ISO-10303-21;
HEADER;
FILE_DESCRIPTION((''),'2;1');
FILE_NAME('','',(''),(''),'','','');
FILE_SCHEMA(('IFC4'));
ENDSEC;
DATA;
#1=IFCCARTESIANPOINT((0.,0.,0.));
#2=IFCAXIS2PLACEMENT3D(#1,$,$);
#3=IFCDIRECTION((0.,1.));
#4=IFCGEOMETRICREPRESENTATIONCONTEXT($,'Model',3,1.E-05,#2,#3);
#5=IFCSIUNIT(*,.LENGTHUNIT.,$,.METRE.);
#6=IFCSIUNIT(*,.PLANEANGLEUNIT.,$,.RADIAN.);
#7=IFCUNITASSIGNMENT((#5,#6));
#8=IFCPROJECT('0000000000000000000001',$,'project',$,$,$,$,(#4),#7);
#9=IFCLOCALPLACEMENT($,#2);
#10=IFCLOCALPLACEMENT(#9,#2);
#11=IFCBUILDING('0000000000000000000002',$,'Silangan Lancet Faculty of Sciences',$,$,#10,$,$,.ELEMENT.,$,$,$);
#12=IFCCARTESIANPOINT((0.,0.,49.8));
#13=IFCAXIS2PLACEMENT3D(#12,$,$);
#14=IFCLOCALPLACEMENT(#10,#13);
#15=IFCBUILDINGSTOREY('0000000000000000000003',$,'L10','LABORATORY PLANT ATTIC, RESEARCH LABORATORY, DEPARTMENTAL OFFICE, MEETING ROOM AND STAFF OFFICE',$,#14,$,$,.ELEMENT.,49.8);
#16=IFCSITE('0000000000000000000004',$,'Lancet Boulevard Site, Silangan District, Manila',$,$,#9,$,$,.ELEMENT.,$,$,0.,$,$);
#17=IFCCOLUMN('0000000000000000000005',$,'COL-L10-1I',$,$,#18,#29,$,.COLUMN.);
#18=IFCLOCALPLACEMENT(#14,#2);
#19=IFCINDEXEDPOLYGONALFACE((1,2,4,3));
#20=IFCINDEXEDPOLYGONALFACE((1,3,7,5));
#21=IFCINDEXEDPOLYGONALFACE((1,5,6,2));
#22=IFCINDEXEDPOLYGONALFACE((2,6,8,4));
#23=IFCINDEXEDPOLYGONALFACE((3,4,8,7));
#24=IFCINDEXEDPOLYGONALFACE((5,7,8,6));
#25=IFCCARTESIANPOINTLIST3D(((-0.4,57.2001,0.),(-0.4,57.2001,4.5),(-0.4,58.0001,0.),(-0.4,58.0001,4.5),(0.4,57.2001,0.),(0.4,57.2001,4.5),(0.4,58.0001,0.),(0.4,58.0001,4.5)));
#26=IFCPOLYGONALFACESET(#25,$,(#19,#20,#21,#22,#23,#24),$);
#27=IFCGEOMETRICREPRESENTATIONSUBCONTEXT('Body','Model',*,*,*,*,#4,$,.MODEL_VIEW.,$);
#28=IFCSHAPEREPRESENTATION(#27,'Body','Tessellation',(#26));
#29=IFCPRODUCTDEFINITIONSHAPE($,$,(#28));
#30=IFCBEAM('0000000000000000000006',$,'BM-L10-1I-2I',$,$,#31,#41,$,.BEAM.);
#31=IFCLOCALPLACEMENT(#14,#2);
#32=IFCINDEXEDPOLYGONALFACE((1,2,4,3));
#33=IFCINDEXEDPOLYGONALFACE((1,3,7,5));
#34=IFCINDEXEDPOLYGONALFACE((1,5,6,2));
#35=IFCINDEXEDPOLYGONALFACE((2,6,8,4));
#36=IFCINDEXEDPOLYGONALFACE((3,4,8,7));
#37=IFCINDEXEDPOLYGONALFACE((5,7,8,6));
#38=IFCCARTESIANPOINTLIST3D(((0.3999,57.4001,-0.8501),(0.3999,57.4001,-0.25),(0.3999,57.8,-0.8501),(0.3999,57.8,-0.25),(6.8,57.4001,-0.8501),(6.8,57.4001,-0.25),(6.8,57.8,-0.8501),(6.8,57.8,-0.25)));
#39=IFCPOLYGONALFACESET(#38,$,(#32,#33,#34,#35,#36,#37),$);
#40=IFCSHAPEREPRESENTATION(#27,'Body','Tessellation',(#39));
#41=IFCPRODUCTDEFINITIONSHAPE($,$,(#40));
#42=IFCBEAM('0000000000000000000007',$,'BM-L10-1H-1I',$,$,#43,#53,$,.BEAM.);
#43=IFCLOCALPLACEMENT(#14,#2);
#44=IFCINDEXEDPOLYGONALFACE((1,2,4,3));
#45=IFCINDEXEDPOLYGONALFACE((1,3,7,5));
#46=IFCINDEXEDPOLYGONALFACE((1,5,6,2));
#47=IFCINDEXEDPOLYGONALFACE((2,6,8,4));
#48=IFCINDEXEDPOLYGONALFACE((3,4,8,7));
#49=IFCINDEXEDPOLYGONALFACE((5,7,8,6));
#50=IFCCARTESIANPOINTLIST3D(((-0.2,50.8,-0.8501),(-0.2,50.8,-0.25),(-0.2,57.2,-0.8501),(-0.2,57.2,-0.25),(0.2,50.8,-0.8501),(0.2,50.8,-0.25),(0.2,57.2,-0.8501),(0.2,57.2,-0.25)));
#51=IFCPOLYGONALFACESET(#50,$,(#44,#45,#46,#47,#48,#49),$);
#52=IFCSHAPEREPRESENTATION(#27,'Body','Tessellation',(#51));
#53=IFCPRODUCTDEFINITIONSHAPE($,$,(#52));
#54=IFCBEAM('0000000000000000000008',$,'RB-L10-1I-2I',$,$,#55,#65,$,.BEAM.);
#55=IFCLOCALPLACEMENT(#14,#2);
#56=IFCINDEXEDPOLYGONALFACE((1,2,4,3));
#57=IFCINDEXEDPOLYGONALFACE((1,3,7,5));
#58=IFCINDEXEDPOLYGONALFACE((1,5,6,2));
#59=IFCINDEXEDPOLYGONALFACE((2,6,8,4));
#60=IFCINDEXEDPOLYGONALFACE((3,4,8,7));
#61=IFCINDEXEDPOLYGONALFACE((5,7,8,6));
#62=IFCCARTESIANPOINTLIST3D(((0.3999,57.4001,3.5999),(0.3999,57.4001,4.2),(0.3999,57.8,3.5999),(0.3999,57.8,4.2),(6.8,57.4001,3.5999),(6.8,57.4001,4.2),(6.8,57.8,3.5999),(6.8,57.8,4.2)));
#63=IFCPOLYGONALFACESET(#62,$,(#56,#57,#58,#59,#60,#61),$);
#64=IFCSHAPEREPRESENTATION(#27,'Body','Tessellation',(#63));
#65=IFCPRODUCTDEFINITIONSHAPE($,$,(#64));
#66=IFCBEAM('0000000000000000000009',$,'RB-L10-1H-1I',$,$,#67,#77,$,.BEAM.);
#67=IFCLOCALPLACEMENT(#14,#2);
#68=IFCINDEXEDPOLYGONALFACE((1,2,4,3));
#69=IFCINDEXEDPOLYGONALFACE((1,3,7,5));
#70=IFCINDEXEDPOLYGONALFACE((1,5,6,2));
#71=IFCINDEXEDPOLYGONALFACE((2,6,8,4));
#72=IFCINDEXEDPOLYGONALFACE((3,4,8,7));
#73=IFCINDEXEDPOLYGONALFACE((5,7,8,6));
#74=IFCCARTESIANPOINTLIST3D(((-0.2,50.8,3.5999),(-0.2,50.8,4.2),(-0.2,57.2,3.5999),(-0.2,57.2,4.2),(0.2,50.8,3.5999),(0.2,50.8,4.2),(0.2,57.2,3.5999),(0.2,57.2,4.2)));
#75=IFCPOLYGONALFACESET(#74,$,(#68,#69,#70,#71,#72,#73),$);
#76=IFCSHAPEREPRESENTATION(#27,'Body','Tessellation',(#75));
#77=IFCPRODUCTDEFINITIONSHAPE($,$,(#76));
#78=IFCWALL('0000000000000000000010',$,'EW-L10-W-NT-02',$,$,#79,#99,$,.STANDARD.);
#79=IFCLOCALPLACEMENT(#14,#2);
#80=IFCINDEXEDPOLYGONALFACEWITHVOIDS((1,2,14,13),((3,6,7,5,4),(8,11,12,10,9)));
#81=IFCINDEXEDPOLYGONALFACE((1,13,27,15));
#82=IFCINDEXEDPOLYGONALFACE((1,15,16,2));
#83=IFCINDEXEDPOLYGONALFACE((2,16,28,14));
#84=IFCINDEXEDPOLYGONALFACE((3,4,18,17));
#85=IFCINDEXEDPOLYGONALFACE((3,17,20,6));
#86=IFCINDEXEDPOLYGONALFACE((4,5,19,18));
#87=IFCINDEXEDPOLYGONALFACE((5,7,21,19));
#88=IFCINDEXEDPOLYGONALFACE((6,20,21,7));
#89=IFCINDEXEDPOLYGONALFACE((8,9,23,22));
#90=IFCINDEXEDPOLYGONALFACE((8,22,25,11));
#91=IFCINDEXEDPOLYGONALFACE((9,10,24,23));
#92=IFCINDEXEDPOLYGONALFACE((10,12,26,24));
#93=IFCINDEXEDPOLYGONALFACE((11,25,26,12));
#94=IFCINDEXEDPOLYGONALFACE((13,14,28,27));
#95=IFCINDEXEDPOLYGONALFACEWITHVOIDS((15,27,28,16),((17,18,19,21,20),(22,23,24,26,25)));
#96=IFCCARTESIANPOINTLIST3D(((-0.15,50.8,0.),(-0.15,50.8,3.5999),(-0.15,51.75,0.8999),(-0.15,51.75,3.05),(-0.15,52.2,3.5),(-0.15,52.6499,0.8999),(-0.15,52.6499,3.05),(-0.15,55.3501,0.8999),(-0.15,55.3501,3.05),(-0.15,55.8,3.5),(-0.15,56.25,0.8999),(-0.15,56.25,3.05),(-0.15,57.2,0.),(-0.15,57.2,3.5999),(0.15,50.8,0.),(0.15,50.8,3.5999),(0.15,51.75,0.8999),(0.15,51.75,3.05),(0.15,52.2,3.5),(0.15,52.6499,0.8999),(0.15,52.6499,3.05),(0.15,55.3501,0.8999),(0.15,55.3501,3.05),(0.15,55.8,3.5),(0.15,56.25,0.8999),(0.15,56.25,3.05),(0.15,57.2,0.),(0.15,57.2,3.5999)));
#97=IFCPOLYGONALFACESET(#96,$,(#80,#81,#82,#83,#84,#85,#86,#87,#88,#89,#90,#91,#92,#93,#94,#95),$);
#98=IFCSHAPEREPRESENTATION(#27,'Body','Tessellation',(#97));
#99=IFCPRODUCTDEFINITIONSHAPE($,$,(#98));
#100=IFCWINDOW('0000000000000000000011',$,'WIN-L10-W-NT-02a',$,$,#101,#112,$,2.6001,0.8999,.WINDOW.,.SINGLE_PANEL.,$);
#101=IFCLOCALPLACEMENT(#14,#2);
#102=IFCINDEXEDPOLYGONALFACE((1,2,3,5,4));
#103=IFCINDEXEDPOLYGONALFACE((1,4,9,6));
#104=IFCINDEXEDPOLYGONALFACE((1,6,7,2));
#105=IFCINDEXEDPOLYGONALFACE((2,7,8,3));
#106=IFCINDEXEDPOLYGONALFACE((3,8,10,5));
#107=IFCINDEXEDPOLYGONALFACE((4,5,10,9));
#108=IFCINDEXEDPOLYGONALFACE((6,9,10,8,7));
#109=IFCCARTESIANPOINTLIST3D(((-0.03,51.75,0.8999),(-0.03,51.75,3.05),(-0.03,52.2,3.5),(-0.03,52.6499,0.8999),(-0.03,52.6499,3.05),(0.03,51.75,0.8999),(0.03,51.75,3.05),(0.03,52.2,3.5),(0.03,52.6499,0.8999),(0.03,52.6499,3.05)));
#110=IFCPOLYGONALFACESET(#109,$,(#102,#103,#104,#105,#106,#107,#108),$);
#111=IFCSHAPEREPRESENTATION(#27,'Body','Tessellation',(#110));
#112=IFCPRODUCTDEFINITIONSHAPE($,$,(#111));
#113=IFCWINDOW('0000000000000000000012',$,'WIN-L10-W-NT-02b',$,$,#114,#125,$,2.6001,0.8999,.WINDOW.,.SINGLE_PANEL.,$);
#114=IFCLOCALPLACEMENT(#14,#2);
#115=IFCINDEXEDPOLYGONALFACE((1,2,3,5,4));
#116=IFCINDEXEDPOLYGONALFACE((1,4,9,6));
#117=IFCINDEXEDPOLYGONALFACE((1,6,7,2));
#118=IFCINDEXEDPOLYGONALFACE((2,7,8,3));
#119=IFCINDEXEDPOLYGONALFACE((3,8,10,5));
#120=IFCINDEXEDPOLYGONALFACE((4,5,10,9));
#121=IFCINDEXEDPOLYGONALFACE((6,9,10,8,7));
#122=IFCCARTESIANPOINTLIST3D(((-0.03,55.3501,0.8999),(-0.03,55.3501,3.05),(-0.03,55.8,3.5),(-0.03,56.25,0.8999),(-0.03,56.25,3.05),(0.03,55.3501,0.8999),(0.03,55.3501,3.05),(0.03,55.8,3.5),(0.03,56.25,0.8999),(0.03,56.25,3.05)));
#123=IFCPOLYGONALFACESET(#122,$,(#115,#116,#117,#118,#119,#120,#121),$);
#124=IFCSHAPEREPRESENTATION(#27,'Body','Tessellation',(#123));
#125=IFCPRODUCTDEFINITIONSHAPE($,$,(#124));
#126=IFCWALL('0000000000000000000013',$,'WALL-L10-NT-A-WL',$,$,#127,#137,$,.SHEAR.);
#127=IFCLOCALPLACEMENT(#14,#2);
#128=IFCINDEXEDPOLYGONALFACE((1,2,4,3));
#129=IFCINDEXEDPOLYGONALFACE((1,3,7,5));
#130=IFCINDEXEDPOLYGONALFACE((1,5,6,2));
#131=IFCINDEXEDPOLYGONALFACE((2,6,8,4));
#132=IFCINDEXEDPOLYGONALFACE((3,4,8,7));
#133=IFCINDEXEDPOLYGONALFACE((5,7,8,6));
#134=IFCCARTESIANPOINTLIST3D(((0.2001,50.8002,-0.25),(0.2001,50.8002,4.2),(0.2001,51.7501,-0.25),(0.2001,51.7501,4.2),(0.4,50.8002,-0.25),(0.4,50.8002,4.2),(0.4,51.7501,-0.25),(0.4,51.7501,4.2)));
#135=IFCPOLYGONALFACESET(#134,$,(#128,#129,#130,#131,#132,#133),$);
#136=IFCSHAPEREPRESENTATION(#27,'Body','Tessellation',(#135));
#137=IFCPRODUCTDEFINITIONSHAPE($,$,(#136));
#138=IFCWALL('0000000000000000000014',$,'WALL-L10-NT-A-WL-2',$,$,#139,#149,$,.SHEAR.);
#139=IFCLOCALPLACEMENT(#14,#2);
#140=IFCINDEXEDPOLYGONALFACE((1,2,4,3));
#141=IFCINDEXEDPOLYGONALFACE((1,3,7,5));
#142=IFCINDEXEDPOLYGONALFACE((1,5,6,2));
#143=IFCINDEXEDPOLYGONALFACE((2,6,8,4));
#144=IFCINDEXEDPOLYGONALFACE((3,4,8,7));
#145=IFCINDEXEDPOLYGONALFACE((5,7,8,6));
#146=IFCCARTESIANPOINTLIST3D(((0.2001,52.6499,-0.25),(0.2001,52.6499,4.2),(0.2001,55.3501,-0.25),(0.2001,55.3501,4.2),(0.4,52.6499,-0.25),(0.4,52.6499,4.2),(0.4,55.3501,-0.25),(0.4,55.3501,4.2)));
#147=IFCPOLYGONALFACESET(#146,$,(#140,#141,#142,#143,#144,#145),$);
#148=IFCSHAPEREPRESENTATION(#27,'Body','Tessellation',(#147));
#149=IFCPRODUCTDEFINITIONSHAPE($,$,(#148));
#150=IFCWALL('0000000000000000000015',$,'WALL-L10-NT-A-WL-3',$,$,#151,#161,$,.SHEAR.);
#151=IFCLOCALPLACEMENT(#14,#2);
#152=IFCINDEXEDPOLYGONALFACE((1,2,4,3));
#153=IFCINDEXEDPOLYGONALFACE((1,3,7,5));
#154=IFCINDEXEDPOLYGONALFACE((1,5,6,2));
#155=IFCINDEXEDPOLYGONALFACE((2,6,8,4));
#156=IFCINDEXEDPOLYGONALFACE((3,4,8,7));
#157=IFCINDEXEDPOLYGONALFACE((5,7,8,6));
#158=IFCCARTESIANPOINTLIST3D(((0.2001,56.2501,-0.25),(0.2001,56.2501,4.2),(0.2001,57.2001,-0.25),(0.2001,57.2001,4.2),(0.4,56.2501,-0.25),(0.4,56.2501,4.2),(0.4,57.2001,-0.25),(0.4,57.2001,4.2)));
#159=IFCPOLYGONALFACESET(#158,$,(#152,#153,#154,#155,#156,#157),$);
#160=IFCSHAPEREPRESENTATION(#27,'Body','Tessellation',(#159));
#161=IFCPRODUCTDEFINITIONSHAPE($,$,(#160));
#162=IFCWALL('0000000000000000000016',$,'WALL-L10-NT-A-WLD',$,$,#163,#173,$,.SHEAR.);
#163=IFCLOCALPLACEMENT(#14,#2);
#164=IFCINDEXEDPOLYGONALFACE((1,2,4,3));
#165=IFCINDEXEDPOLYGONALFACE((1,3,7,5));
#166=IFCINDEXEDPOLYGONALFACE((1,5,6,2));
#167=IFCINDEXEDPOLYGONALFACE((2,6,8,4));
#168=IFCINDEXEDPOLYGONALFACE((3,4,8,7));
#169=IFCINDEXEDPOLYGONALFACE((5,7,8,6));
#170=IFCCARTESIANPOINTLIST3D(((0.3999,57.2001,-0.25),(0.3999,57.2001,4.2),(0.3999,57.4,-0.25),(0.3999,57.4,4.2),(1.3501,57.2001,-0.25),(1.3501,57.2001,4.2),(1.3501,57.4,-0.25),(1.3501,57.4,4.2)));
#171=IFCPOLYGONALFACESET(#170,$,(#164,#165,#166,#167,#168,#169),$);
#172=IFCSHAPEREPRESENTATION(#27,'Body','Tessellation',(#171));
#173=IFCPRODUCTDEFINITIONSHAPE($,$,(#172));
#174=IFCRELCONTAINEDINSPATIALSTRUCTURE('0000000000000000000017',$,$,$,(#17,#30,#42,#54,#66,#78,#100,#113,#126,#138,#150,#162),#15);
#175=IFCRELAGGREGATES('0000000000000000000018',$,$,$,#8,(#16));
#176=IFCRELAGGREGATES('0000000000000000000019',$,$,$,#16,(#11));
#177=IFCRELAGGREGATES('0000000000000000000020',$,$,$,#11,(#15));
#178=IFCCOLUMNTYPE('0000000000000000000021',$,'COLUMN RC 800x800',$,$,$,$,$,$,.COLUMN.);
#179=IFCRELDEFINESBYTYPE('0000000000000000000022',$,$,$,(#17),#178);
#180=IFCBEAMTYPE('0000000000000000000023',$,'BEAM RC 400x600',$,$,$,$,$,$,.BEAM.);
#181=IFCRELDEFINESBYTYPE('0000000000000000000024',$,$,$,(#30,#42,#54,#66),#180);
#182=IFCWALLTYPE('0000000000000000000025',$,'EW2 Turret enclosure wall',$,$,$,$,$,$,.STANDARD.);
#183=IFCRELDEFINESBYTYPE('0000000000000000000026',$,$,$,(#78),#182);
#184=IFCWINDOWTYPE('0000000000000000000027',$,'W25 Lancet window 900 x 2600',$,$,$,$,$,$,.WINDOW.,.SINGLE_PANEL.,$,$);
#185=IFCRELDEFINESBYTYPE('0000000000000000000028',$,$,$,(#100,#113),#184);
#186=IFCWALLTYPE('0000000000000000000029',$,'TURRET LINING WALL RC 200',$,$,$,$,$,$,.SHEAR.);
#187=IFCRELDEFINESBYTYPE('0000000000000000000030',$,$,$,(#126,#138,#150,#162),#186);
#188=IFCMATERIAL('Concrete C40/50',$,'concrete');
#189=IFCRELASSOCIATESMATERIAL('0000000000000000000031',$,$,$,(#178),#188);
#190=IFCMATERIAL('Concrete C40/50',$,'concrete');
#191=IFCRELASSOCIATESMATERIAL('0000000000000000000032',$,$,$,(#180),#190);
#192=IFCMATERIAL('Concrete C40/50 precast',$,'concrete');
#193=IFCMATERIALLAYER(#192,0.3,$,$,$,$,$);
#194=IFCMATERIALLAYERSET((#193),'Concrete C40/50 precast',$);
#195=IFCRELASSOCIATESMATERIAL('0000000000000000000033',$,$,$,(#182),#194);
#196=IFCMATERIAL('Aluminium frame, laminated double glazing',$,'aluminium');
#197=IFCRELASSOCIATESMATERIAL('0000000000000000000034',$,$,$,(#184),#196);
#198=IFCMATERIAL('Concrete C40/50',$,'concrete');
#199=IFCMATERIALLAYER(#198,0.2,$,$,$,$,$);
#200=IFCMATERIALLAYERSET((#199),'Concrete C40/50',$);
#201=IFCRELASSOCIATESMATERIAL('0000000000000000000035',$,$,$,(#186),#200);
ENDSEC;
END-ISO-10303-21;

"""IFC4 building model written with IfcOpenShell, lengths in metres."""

from ifc_helpers import new_model, si_unit, direction, frame, frame_2d, origin, origin_2d, place, context, subcontext, project, spatial, polyline, rectangle, outline, extrude, material, layer, layer_set, material_profile, profile_set, type_object, element, fill, save


model = new_model("IFC4")

# Units and contexts
model_context = context("Model", 3, precision=1e-05, world=origin(), true_north=direction((0.0, 1.0)))
body_context = subcontext(model_context, "Body", "Model", "MODEL_VIEW")
ifc_project = project(units=[si_unit("LENGTHUNIT", "METRE"), si_unit("PLANEANGLEUNIT", "RADIAN")], contexts=[model_context])

# Site, building, storey
site_placement = place(None, origin())
site = spatial("IfcSite", under=ifc_project, at=site_placement, Name="Lancet Boulevard Site, Silangan District, Manila", CompositionType="ELEMENT", RefElevation=0.0)
building_placement = place(site_placement, origin())
building = spatial("IfcBuilding", under=site, at=building_placement, Name="Silangan Lancet Faculty of Sciences", CompositionType="ELEMENT")
storey_placement = place(building_placement, frame((0.0, 0.0, 49.8)))
storey = spatial("IfcBuildingStorey", under=building, at=storey_placement, Name="L10", Description="LABORATORY PLANT ATTIC, RESEARCH LABORATORY, DEPARTMENTAL OFFICE, MEETING ROOM AND STAFF OFFICE", CompositionType="ELEMENT", Elevation=49.8)

# Column
ifc_material_1 = material(Name="Concrete C40/50", Category="concrete")
ifc_material_profile_1 = material_profile(ifc_material_1, rectangle(XDim=0.8, YDim=0.8, at=origin_2d()), Name="RC 800x800")
ifc_profile_set_1 = profile_set([ifc_material_profile_1], Name="Concrete C40/50")
column_type = type_object("IfcColumnType", Name="COLUMN RC 800x800", PredefinedType="COLUMN", material=ifc_profile_set_1)
column_placement = place(storey_placement, frame((0.0, 57.6001, 0.0), z_axis=(0.0, 0.0, 1.0), x_axis=(1.0, 0.0, 0.0)))
element("IfcColumn", 1, at=column_placement, inside=storey, type_object=column_type, Name="COL-L10-1I", PredefinedType="COLUMN", context=body_context, shape_type="SweptSolid", body=[
    extrude(rectangle(XDim=0.8, YDim=0.8, at=origin_2d()), origin(), (0.0, 0.0, 1.0), 4.5),
])

# Beams
ifc_material_2 = material(Name="Concrete C40/50", Category="concrete")
ifc_material_profile_2 = material_profile(ifc_material_2, rectangle(XDim=0.3999, YDim=0.6001, at=origin_2d()), Name="RC 400x600")
ifc_profile_set_2 = profile_set([ifc_material_profile_2], Name="Concrete C40/50")
beam_type = type_object("IfcBeamType", Name="BEAM RC 400x600", PredefinedType="BEAM", material=ifc_profile_set_2)
beam_1_placement = place(storey_placement, frame((0.3999, 57.6001, -0.55), z_axis=(1.0, 0.0, 0.0), x_axis=(0.0, 1.0, 0.0)))
element("IfcBeam", 2, at=beam_1_placement, inside=storey, type_object=beam_type, Name="BM-L10-1I-2I", PredefinedType="BEAM", context=body_context, shape_type="SweptSolid", body=[
    extrude(rectangle(XDim=0.3999, YDim=0.6001, at=origin_2d()), origin(), (0.0, 0.0, 1.0), 6.4001),
])
beam_2_placement = place(storey_placement, frame((0.0, 50.8, -0.55), z_axis=(0.0, 1.0, 0.0), x_axis=(-1.0, 0.0, 0.0)))
element("IfcBeam", 3, at=beam_2_placement, inside=storey, type_object=beam_type, Name="BM-L10-1H-1I", PredefinedType="BEAM", context=body_context, shape_type="SweptSolid", body=[
    extrude(rectangle(XDim=0.3999, YDim=0.6001, at=origin_2d()), origin(), (0.0, 0.0, 1.0), 6.3999),
])
beam_3_placement = place(storey_placement, frame((0.3999, 57.6001, 3.8999), z_axis=(1.0, 0.0, 0.0), x_axis=(0.0, 1.0, 0.0)))
element("IfcBeam", 4, at=beam_3_placement, inside=storey, type_object=beam_type, Name="RB-L10-1I-2I", PredefinedType="BEAM", context=body_context, shape_type="SweptSolid", body=[
    extrude(rectangle(XDim=0.3999, YDim=0.6001, at=origin_2d()), origin(), (0.0, 0.0, 1.0), 6.4001),
])
beam_4_placement = place(storey_placement, frame((0.0, 50.8, 3.8999), z_axis=(0.0, 1.0, 0.0), x_axis=(-1.0, 0.0, 0.0)))
element("IfcBeam", 5, at=beam_4_placement, inside=storey, type_object=beam_type, Name="RB-L10-1H-1I", PredefinedType="BEAM", context=body_context, shape_type="SweptSolid", body=[
    extrude(rectangle(XDim=0.3999, YDim=0.6001, at=origin_2d()), origin(), (0.0, 0.0, 1.0), 6.3999),
])

# Wall, openings, windows
ifc_material_3 = material(Name="Concrete C40/50 precast", Category="concrete")
ifc_layer_1 = layer(ifc_material_3, 0.3)
ifc_layer_set_1 = layer_set([ifc_layer_1], Name="Concrete C40/50 precast")
wall_type_1 = type_object("IfcWallType", Name="EW2 Turret enclosure wall", PredefinedType="STANDARD", material=ifc_layer_set_1)
wall_1_placement = place(storey_placement, frame((0.0, 50.8, 0.0), z_axis=(0.0, 0.0, 1.0), x_axis=(0.0, 1.0, 0.0)))
wall_1 = element("IfcWall", 6, at=wall_1_placement, inside=storey, type_object=wall_type_1, Name="EW-L10-W-NT-02", PredefinedType="STANDARD", context=body_context, shape_type="SweptSolid", body=[
    extrude(rectangle(XDim=6.3999, YDim=0.3, at=frame_2d((3.2, 0.0))), origin(), (0.0, 0.0, 1.0), 3.5999),
])
opening_1_placement = place(wall_1_placement, frame((0.95, 0.0, 0.8999)))
opening_1 = element("IfcOpeningElement", 7, at=opening_1_placement, cuts=wall_1, PredefinedType="OPENING", context=body_context, shape_type="SweptSolid", body=[
    extrude(outline(polyline([(0.0, 0.0), (0.8999, 0.0), (0.8999, 2.1501), (0.45, 2.6001), (0.0, 2.1501), (0.0, 0.0)])), frame((0.0, 0.1599, 0.0), z_axis=(0.0, -1.0, 0.0), x_axis=(1.0, 0.0, 0.0)), (0.0, 0.0, 1.0), 0.3201),
])
opening_2_placement = place(wall_1_placement, frame((4.55, 0.0, 0.8999)))
opening_2 = element("IfcOpeningElement", 8, at=opening_2_placement, cuts=wall_1, PredefinedType="OPENING", context=body_context, shape_type="SweptSolid", body=[
    extrude(outline(polyline([(0.0, 0.0), (0.8999, 0.0), (0.8999, 2.1501), (0.45, 2.6001), (0.0, 2.1501), (0.0, 0.0)])), frame((0.0, 0.1599, 0.0), z_axis=(0.0, -1.0, 0.0), x_axis=(1.0, 0.0, 0.0)), (0.0, 0.0, 1.0), 0.3201),
])
ifc_material_4 = material(Name="Aluminium frame, laminated double glazing", Category="aluminium")
window_type = type_object("IfcWindowType", Name="W25 Lancet window 900 x 2600", PartitioningType="SINGLE_PANEL", PredefinedType="WINDOW", material=ifc_material_4)
window_1_placement = place(opening_1_placement, origin())
window_1 = element("IfcWindow", 9, at=window_1_placement, inside=storey, type_object=window_type, Name="WIN-L10-W-NT-02a", OverallHeight=2.6001, OverallWidth=0.8999, PartitioningType="SINGLE_PANEL", PredefinedType="WINDOW", context=body_context, shape_type="SweptSolid", body=[
    extrude(outline(polyline([(0.0, 0.0), (0.8999, 0.0), (0.8999, 2.1501), (0.45, 2.6001), (0.0, 2.1501), (0.0, 0.0)])), frame((0.0, 0.03, 0.0), z_axis=(0.0, -1.0, 0.0), x_axis=(1.0, 0.0, 0.0)), (0.0, 0.0, 1.0), 0.0601),
])
fill(opening_1, window_1)
window_2_placement = place(opening_2_placement, origin())
window_2 = element("IfcWindow", 10, at=window_2_placement, inside=storey, type_object=window_type, Name="WIN-L10-W-NT-02b", OverallHeight=2.6001, OverallWidth=0.8999, PartitioningType="SINGLE_PANEL", PredefinedType="WINDOW", context=body_context, shape_type="SweptSolid", body=[
    extrude(outline(polyline([(0.0, 0.0), (0.8999, 0.0), (0.8999, 2.1501), (0.45, 2.6001), (0.0, 2.1501), (0.0, 0.0)])), frame((0.0, 0.03, 0.0), z_axis=(0.0, -1.0, 0.0), x_axis=(1.0, 0.0, 0.0)), (0.0, 0.0, 1.0), 0.0601),
])
fill(opening_2, window_2)

# Walls
ifc_material_5 = material(Name="Concrete C40/50", Category="concrete")
ifc_layer_2 = layer(ifc_material_5, 0.2)
ifc_layer_set_2 = layer_set([ifc_layer_2], Name="Concrete C40/50")
wall_type_2 = type_object("IfcWallType", Name="TURRET LINING WALL RC 200", PredefinedType="SHEAR", material=ifc_layer_set_2)
wall_2_placement = place(storey_placement, frame((0.3, 50.8, -0.25), z_axis=(0.0, 0.0, 1.0), x_axis=(0.0, 1.0, 0.0)))
element("IfcWall", 11, at=wall_2_placement, inside=storey, type_object=wall_type_2, Name="WALL-L10-NT-A-WL", PredefinedType="SHEAR", context=body_context, shape_type="SweptSolid", body=[
    extrude(rectangle(XDim=0.95, YDim=0.2, at=frame_2d((0.4751, 0.0))), origin(), (0.0, 0.0, 1.0), 4.45),
])
wall_3_placement = place(storey_placement, frame((0.3, 52.6499, -0.25), z_axis=(0.0, 0.0, 1.0), x_axis=(0.0, 1.0, 0.0)))
element("IfcWall", 12, at=wall_3_placement, inside=storey, type_object=wall_type_2, Name="WALL-L10-NT-A-WL-2", PredefinedType="SHEAR", context=body_context, shape_type="SweptSolid", body=[
    extrude(rectangle(XDim=2.7002, YDim=0.2, at=frame_2d((1.3501, 0.0))), origin(), (0.0, 0.0, 1.0), 4.45),
])
wall_4_placement = place(storey_placement, frame((0.3, 56.25, -0.25), z_axis=(0.0, 0.0, 1.0), x_axis=(0.0, 1.0, 0.0)))
element("IfcWall", 13, at=wall_4_placement, inside=storey, type_object=wall_type_2, Name="WALL-L10-NT-A-WL-3", PredefinedType="SHEAR", context=body_context, shape_type="SweptSolid", body=[
    extrude(rectangle(XDim=0.95, YDim=0.2, at=frame_2d((0.4751, 0.0))), origin(), (0.0, 0.0, 1.0), 4.45),
])
wall_5_placement = place(storey_placement, frame((0.3999, 57.3, -0.25), z_axis=(0.0, 0.0, 1.0), x_axis=(1.0, 0.0, 0.0)))
element("IfcWall", 14, at=wall_5_placement, inside=storey, type_object=wall_type_2, Name="WALL-L10-NT-A-WLD", PredefinedType="SHEAR", context=body_context, shape_type="SweptSolid", body=[
    extrude(rectangle(XDim=0.9502, YDim=0.2, at=frame_2d((0.4751, 0.0))), origin(), (0.0, 0.0, 1.0), 4.45),
])

save(model, "model.ifc")
